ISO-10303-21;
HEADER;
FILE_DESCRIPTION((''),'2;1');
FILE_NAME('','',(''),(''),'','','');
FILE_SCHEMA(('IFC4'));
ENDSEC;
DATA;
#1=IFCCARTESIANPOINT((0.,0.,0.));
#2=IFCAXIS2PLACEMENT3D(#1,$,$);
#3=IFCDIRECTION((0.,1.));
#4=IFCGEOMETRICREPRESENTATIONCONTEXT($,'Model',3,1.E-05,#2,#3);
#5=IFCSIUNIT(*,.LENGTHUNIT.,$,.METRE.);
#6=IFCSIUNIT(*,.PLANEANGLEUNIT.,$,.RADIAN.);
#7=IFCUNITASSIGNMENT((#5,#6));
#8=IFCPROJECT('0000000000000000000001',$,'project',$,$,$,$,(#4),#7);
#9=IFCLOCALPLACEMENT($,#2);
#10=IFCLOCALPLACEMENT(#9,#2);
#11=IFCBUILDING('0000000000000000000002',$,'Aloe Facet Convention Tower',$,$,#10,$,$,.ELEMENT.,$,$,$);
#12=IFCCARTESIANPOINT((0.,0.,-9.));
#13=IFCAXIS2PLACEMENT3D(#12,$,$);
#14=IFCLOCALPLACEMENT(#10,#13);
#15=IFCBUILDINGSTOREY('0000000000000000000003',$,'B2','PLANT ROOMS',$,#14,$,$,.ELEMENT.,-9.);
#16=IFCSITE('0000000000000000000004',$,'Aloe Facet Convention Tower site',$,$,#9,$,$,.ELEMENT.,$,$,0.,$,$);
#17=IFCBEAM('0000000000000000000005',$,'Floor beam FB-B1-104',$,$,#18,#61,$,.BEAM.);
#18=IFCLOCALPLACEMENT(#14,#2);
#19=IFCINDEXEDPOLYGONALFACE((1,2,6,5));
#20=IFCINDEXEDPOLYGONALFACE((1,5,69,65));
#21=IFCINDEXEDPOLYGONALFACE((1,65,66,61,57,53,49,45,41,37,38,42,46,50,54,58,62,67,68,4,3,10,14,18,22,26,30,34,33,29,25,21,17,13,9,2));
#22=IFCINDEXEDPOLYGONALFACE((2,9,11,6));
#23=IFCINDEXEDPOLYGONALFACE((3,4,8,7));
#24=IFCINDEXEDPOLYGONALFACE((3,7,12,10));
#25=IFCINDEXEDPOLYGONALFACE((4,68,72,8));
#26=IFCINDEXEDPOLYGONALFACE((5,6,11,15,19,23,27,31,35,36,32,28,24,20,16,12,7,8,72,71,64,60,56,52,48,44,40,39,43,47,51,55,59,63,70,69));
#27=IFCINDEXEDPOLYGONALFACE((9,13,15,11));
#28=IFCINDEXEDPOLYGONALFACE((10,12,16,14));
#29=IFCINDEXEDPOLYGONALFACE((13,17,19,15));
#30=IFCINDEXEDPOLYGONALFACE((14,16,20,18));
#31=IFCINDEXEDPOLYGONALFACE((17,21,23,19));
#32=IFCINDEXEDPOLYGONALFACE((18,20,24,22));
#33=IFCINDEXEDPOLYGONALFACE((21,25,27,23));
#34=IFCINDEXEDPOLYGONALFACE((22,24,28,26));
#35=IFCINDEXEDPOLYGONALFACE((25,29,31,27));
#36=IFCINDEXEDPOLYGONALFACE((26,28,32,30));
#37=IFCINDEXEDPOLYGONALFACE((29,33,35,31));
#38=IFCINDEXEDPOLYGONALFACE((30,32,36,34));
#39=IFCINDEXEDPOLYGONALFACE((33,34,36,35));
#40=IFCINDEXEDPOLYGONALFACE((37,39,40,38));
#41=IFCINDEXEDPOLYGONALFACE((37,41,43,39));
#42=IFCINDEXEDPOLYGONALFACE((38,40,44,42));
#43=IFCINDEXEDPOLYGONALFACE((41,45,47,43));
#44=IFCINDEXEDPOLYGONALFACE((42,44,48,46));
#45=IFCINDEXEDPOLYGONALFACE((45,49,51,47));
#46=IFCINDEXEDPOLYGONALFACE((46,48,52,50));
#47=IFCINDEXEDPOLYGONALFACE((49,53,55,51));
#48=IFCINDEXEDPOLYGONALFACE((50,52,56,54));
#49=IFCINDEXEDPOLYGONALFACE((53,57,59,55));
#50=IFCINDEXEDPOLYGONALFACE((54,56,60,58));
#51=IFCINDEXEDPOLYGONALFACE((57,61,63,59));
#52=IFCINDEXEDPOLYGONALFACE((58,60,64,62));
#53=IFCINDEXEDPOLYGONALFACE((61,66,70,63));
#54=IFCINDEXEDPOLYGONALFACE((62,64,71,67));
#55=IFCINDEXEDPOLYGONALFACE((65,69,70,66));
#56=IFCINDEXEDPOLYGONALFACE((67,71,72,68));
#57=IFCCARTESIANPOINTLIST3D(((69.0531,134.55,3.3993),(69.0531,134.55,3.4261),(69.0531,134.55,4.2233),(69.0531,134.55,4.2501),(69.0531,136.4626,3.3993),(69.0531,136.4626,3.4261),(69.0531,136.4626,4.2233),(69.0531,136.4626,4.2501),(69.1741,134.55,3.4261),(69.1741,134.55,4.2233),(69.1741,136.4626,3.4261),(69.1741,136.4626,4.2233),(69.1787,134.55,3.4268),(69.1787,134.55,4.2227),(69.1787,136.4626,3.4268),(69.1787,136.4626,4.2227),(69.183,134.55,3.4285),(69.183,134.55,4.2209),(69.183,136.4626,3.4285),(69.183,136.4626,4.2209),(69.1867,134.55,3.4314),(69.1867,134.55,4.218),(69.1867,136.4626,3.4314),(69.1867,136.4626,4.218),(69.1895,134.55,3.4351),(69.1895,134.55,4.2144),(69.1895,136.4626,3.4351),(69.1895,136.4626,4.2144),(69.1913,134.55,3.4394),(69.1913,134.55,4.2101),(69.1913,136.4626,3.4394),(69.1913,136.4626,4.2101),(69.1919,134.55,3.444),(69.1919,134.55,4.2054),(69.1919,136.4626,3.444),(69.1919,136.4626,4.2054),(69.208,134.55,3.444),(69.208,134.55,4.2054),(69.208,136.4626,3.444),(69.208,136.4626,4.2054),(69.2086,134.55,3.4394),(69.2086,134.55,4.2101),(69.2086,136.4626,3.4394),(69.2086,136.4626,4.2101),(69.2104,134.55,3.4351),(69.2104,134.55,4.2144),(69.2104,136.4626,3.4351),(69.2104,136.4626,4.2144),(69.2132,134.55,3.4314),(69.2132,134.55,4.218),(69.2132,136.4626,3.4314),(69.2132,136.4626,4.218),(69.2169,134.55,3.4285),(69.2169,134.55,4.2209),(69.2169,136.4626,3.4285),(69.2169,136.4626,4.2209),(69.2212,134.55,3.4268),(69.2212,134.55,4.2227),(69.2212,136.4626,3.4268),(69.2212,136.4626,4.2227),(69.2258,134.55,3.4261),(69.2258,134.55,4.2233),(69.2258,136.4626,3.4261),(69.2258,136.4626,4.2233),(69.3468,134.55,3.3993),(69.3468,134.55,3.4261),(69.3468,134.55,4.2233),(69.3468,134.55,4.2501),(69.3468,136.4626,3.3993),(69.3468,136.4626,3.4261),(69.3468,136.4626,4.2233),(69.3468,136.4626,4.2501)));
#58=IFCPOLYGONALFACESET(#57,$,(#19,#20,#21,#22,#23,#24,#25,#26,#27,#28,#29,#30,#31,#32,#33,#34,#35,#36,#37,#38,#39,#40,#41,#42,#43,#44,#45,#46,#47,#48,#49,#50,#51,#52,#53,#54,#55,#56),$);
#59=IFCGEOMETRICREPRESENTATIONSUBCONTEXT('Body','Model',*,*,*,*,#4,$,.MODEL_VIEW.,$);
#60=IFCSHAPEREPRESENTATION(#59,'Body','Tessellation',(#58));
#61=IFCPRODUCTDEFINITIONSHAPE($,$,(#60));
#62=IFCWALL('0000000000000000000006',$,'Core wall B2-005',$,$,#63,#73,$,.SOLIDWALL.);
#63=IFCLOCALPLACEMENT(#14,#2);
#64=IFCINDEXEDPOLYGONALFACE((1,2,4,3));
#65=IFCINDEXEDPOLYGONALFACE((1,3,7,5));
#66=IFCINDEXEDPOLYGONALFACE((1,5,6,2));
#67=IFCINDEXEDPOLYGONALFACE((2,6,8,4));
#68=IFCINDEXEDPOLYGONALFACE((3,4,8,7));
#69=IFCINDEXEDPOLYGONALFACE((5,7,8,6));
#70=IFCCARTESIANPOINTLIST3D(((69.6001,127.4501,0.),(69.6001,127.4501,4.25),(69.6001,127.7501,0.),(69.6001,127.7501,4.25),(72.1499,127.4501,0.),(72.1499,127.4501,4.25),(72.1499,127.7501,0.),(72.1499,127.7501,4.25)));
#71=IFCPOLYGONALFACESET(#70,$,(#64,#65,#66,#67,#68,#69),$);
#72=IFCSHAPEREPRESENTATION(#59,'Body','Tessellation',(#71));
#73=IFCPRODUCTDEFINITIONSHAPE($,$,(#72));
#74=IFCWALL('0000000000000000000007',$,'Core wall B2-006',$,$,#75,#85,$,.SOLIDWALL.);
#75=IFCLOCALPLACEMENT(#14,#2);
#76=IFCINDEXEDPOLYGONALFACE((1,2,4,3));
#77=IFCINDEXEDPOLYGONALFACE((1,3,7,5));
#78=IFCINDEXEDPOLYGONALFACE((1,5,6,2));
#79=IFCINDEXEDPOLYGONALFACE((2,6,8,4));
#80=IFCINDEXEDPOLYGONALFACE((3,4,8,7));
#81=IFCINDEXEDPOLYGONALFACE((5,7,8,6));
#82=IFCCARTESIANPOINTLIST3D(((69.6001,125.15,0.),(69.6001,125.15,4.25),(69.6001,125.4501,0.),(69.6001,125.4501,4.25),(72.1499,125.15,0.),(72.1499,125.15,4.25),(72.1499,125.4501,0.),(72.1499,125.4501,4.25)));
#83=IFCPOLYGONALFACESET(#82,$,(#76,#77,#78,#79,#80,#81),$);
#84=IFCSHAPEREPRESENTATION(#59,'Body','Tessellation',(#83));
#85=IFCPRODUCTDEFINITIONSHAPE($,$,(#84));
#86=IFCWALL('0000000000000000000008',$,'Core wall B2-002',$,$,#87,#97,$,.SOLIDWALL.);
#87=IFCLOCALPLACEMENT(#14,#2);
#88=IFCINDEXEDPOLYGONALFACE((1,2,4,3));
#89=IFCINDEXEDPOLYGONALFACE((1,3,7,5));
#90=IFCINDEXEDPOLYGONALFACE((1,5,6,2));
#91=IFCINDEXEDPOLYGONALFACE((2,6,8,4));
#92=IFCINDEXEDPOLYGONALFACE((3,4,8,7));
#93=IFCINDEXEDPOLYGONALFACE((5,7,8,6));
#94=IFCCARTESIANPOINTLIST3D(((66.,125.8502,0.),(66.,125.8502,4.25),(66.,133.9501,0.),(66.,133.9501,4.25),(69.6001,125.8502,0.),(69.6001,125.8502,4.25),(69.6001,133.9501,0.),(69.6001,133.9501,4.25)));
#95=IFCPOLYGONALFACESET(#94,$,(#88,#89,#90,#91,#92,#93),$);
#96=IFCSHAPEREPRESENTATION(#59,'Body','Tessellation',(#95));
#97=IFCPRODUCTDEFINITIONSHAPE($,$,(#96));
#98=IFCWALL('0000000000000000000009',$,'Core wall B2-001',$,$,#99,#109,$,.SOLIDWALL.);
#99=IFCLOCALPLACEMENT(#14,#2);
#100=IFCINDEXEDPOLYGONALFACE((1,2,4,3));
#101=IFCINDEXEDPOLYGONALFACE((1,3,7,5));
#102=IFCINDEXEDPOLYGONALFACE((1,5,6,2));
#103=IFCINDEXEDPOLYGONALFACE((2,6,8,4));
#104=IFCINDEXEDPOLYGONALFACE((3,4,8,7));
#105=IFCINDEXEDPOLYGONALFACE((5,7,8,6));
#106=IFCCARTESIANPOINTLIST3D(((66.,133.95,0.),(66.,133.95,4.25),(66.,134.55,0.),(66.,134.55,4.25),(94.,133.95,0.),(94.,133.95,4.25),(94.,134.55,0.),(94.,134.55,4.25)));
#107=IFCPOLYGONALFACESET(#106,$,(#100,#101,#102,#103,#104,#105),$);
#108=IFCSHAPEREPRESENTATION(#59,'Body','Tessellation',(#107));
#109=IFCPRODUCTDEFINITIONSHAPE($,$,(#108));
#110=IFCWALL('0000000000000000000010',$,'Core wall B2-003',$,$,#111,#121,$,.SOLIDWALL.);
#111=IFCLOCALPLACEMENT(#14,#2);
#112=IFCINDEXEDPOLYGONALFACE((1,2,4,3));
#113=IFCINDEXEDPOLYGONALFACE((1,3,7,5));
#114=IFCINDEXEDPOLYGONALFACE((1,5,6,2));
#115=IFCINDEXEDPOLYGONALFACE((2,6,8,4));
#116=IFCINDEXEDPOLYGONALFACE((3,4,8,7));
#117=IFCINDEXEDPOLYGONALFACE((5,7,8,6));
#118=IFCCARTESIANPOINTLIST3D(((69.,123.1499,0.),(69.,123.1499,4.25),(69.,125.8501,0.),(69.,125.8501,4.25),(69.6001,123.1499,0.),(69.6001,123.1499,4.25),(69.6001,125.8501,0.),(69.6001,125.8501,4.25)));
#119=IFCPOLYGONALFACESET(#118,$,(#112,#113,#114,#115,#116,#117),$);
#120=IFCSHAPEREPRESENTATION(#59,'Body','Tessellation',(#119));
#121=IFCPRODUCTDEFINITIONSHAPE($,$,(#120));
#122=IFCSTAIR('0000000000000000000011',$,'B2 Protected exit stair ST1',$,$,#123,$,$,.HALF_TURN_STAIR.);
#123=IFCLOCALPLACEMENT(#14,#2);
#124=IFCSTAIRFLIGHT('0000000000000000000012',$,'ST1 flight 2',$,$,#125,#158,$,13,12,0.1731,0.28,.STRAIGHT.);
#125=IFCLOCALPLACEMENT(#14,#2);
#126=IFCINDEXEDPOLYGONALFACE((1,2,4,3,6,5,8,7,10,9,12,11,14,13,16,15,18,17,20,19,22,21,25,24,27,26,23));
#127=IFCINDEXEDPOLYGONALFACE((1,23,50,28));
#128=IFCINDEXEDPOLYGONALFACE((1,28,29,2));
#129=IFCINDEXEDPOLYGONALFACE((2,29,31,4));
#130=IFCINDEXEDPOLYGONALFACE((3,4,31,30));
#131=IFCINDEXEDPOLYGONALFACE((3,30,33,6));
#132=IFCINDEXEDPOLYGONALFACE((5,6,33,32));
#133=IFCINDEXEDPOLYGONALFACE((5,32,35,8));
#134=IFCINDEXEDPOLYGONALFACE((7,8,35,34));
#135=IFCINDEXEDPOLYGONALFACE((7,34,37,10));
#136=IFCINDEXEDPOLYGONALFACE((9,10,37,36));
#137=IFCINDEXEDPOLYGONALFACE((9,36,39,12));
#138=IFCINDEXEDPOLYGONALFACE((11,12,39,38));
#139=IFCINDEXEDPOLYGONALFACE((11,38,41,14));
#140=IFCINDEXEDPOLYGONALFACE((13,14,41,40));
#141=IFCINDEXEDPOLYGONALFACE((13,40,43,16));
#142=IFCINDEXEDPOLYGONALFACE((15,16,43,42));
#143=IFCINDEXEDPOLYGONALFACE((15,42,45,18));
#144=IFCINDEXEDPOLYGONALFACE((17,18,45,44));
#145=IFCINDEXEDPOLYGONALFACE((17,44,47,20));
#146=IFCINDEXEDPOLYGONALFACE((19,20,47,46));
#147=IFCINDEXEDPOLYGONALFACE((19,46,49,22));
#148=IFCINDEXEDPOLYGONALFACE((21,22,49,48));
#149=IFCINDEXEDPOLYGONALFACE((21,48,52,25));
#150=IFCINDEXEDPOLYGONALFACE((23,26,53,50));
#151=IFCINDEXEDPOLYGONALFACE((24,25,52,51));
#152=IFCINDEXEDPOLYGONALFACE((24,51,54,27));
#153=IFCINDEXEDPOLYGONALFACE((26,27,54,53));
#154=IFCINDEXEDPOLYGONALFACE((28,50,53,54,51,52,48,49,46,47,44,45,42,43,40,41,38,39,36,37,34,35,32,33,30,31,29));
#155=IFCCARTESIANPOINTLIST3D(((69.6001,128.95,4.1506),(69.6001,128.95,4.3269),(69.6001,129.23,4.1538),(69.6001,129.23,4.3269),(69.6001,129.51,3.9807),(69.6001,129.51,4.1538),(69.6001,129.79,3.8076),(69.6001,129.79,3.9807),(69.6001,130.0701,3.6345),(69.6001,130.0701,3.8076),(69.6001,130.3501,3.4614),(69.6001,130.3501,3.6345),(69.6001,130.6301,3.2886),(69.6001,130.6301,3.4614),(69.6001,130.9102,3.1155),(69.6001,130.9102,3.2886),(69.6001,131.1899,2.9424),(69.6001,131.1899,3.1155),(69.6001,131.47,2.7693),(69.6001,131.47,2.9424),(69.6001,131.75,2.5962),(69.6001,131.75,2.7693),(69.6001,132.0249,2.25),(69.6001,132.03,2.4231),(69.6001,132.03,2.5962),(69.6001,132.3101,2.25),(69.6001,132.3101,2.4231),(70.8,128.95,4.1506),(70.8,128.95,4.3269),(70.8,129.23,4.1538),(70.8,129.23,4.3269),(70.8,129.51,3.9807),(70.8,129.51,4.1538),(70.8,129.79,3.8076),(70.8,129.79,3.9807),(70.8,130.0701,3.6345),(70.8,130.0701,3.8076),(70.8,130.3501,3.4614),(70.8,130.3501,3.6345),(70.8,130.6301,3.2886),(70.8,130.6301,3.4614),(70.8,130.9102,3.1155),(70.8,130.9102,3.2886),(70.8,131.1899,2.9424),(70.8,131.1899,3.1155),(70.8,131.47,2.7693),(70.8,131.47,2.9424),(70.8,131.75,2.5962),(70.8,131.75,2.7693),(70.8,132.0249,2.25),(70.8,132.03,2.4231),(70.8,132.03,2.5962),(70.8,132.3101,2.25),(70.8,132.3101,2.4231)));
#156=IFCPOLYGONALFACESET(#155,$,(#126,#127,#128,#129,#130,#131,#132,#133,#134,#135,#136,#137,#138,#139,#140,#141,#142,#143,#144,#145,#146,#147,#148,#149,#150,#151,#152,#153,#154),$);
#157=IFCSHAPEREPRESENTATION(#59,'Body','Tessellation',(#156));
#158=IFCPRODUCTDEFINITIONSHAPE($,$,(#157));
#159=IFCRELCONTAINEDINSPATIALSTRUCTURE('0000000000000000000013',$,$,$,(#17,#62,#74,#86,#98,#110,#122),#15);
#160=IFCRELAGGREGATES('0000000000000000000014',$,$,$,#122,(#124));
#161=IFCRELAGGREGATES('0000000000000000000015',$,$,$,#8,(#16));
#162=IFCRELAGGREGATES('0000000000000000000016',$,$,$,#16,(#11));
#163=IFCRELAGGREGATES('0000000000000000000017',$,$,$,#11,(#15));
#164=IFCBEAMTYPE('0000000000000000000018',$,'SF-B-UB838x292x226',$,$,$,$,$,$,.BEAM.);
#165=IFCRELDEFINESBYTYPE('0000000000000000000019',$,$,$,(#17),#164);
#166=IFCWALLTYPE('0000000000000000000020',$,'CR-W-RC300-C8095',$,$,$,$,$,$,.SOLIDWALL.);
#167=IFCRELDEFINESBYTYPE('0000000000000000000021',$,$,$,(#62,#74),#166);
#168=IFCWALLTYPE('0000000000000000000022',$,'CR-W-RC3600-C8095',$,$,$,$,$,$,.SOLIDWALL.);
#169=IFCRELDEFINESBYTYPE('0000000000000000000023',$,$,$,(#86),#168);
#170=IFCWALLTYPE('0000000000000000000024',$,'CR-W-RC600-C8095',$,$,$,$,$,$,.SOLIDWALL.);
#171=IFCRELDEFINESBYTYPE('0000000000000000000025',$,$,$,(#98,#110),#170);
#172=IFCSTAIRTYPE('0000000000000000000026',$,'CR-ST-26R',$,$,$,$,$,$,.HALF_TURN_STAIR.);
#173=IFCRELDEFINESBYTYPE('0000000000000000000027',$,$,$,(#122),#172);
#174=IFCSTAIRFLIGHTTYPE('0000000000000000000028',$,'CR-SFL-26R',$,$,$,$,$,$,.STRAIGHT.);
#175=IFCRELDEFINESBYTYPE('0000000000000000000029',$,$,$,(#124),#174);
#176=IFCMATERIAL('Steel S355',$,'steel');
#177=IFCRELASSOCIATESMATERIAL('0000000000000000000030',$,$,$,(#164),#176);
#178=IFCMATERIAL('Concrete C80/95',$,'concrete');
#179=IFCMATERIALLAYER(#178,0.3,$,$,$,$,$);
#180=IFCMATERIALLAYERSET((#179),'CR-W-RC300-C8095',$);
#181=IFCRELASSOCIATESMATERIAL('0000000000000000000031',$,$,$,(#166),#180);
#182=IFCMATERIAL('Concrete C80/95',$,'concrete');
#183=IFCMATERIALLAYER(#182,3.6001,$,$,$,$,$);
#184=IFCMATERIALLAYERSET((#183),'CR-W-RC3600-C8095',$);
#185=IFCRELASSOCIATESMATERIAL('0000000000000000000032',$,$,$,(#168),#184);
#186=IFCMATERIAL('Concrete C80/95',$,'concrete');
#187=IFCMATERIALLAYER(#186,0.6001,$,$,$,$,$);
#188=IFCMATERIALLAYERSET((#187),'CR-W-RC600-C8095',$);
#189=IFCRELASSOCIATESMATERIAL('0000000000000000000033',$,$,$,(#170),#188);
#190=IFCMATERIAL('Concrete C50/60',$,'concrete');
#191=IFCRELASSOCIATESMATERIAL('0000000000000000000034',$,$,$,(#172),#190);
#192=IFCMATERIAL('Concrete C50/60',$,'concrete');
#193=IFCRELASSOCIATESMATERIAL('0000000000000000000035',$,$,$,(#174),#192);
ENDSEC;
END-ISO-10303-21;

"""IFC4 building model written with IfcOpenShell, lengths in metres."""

from ifc_helpers import new_model, si_unit, direction, frame, frame_2d, origin, origin_2d, place, context, subcontext, project, spatial, polyline, rectangle, i_section, outline, extrude, material, layer, layer_set, material_profile, profile_set, type_object, element, aggregate, save


model = new_model("IFC4")

# Units and contexts
model_context = context("Model", 3, precision=1e-05, world=origin(), true_north=direction((0.0, 1.0)))
body_context = subcontext(model_context, "Body", "Model", "MODEL_VIEW")
ifc_project = project(units=[si_unit("LENGTHUNIT", "METRE"), si_unit("PLANEANGLEUNIT", "RADIAN")], contexts=[model_context])

# Site, building, storey
site_placement = place(None, origin())
site = spatial("IfcSite", under=ifc_project, at=site_placement, Name="Aloe Facet Convention Tower site", CompositionType="ELEMENT", RefElevation=0.0)
building_placement = place(site_placement, origin())
building = spatial("IfcBuilding", under=site, at=building_placement, Name="Aloe Facet Convention Tower", CompositionType="ELEMENT")
storey_placement = place(building_placement, frame((0.0, 0.0, -9.0)))
storey = spatial("IfcBuildingStorey", under=building, at=storey_placement, Name="B2", Description="PLANT ROOMS", CompositionType="ELEMENT", Elevation=-9.0)

# Beam
ifc_material_1 = material(Name="Steel S355", Category="steel")
ifc_material_profile_1 = material_profile(ifc_material_1, i_section(OverallWidth=0.2937, OverallDepth=0.8508, WebThickness=0.0161, FlangeThickness=0.0269, FilletRadius=0.0178, at=origin_2d()), Name="UB 838x292x226")
ifc_profile_set_1 = profile_set([ifc_material_profile_1], Name="Steel S355")
beam_type = type_object("IfcBeamType", Name="SF-B-UB838x292x226", PredefinedType="BEAM", material=ifc_profile_set_1)
beam_1_placement = place(storey_placement, frame((69.2, 134.55, 3.8247), z_axis=(0.0, 1.0, 0.0), x_axis=(-1.0, 0.0, 0.0)))
element("IfcBeam", 1, at=beam_1_placement, inside=storey, type_object=beam_type, Name="Floor beam FB-B1-104", PredefinedType="BEAM", context=body_context, shape_type="SweptSolid", body=[
    extrude(i_section(OverallWidth=0.2937, OverallDepth=0.8508, WebThickness=0.0161, FlangeThickness=0.0269, FilletRadius=0.0178, at=origin_2d()), origin(), (0.0, 0.0, 1.0), 1.9126),
])

# Walls
ifc_material_2 = material(Name="Concrete C80/95", Category="concrete")
ifc_layer_1 = layer(ifc_material_2, 0.3)
ifc_layer_set_1 = layer_set([ifc_layer_1], Name="CR-W-RC300-C8095")
wall_type_1 = type_object("IfcWallType", Name="CR-W-RC300-C8095", PredefinedType="SOLIDWALL", material=ifc_layer_set_1)
for number, where, z_axis, x_axis, name in (
    (2, (69.6001, 127.6001, 0.0), (0.0, 0.0, 1.0), (1.0, 0.0, 0.0), "Core wall B2-005"),
    (3, (69.6001, 125.3, 0.0), (0.0, 0.0, 1.0), (1.0, 0.0, 0.0), "Core wall B2-006"),
):
    element("IfcWall", number, at=place(storey_placement, frame(where, z_axis=z_axis, x_axis=x_axis)), inside=storey, type_object=wall_type_1, Name=name, PredefinedType="SOLIDWALL", context=body_context, shape_type="SweptSolid", body=[
        extrude(rectangle(XDim=2.5498, YDim=0.3, at=frame_2d((1.2749, 0.0))), origin(), (0.0, 0.0, 1.0), 4.25),
    ])
ifc_material_3 = material(Name="Concrete C80/95", Category="concrete")
ifc_layer_2 = layer(ifc_material_3, 3.6001)
ifc_layer_set_2 = layer_set([ifc_layer_2], Name="CR-W-RC3600-C8095")
wall_type_2 = type_object("IfcWallType", Name="CR-W-RC3600-C8095", PredefinedType="SOLIDWALL", material=ifc_layer_set_2)
wall_1_placement = place(storey_placement, frame((67.8, 133.95, 0.0), z_axis=(0.0, 0.0, 1.0), x_axis=(0.0, -1.0, 0.0)))
element("IfcWall", 4, at=wall_1_placement, inside=storey, type_object=wall_type_2, Name="Core wall B2-002", PredefinedType="SOLIDWALL", context=body_context, shape_type="SweptSolid", body=[
    extrude(rectangle(XDim=8.0999, YDim=3.6001, at=frame_2d((4.0498, 0.0))), origin(), (0.0, 0.0, 1.0), 4.25),
])
ifc_material_4 = material(Name="Concrete C80/95", Category="concrete")
ifc_layer_3 = layer(ifc_material_4, 0.6001)
ifc_layer_set_3 = layer_set([ifc_layer_3], Name="CR-W-RC600-C8095")
wall_type_3 = type_object("IfcWallType", Name="CR-W-RC600-C8095", PredefinedType="SOLIDWALL", material=ifc_layer_set_3)
wall_2_placement = place(storey_placement, frame((66.0, 134.25, 0.0), z_axis=(0.0, 0.0, 1.0), x_axis=(1.0, 0.0, 0.0)))
element("IfcWall", 5, at=wall_2_placement, inside=storey, type_object=wall_type_3, Name="Core wall B2-001", PredefinedType="SOLIDWALL", context=body_context, shape_type="SweptSolid", body=[
    extrude(rectangle(XDim=28.0, YDim=0.6001, at=frame_2d((14.0, 0.0))), origin(), (0.0, 0.0, 1.0), 4.25),
])
wall_3_placement = place(storey_placement, frame((69.3, 125.8501, 0.0), z_axis=(0.0, 0.0, 1.0), x_axis=(0.0, -1.0, 0.0)))
element("IfcWall", 6, at=wall_3_placement, inside=storey, type_object=wall_type_3, Name="Core wall B2-003", PredefinedType="SOLIDWALL", context=body_context, shape_type="SweptSolid", body=[
    extrude(rectangle(XDim=2.7002, YDim=0.6001, at=frame_2d((1.3501, 0.0))), origin(), (0.0, 0.0, 1.0), 4.25),
])

# Stair, stair flight
ifc_material_5 = material(Name="Concrete C50/60", Category="concrete")
stair_type = type_object("IfcStairType", Name="CR-ST-26R", PredefinedType="HALF_TURN_STAIR", material=ifc_material_5)
stair_placement = place(storey_placement, origin())
stair = element("IfcStair", 7, at=stair_placement, inside=storey, type_object=stair_type, Name="B2 Protected exit stair ST1", PredefinedType="HALF_TURN_STAIR")
ifc_material_6 = material(Name="Concrete C50/60", Category="concrete")
stair_flight_type = type_object("IfcStairFlightType", Name="CR-SFL-26R", PredefinedType="STRAIGHT", material=ifc_material_6)
stair_flight_placement = place(storey_placement, frame((70.2, 132.3101, 2.25), z_axis=(0.0, 0.0, 1.0), x_axis=(0.0, -1.0, 0.0)))
stair_flight = element("IfcStairFlight", 8, at=stair_flight_placement, type_object=stair_flight_type, Name="ST1 flight 2", NumberOfRisers=13, NumberOfTreads=12, PredefinedType="STRAIGHT", RiserHeight=0.1731, TreadLength=0.28, context=body_context, shape_type="SweptSolid", body=[
    extrude(outline(polyline([(0.0, 0.0), (0.0, 0.1731), (0.28, 0.1731), (0.28, 0.3462), (0.5601, 0.3462), (0.5601, 0.5193), (0.8401, 0.5193), (0.8401, 0.6924), (1.1201, 0.6924), (1.1201, 0.8655), (1.3999, 0.8655), (1.3999, 1.0386), (1.6799, 1.0386), (1.6799, 1.2114), (1.96, 1.2114), (1.96, 1.3845), (2.24, 1.3845), (2.24, 1.5576), (2.52, 1.5576), (2.52, 1.7307), (2.8, 1.7307), (2.8, 1.9038), (3.0801, 1.9038), (3.0801, 2.0769), (3.3601, 2.0769), (3.3601, 2.25), (3.3601, 1.9006), (0.2852, 0.0), (0.0, 0.0)])), frame((0.0, 0.6001, 0.0), z_axis=(0.0, -1.0, 0.0), x_axis=(1.0, 0.0, 0.0)), (0.0, 0.0, 1.0), 1.2),
])
aggregate(stair, [stair_flight])

save(model, "model.ifc")
